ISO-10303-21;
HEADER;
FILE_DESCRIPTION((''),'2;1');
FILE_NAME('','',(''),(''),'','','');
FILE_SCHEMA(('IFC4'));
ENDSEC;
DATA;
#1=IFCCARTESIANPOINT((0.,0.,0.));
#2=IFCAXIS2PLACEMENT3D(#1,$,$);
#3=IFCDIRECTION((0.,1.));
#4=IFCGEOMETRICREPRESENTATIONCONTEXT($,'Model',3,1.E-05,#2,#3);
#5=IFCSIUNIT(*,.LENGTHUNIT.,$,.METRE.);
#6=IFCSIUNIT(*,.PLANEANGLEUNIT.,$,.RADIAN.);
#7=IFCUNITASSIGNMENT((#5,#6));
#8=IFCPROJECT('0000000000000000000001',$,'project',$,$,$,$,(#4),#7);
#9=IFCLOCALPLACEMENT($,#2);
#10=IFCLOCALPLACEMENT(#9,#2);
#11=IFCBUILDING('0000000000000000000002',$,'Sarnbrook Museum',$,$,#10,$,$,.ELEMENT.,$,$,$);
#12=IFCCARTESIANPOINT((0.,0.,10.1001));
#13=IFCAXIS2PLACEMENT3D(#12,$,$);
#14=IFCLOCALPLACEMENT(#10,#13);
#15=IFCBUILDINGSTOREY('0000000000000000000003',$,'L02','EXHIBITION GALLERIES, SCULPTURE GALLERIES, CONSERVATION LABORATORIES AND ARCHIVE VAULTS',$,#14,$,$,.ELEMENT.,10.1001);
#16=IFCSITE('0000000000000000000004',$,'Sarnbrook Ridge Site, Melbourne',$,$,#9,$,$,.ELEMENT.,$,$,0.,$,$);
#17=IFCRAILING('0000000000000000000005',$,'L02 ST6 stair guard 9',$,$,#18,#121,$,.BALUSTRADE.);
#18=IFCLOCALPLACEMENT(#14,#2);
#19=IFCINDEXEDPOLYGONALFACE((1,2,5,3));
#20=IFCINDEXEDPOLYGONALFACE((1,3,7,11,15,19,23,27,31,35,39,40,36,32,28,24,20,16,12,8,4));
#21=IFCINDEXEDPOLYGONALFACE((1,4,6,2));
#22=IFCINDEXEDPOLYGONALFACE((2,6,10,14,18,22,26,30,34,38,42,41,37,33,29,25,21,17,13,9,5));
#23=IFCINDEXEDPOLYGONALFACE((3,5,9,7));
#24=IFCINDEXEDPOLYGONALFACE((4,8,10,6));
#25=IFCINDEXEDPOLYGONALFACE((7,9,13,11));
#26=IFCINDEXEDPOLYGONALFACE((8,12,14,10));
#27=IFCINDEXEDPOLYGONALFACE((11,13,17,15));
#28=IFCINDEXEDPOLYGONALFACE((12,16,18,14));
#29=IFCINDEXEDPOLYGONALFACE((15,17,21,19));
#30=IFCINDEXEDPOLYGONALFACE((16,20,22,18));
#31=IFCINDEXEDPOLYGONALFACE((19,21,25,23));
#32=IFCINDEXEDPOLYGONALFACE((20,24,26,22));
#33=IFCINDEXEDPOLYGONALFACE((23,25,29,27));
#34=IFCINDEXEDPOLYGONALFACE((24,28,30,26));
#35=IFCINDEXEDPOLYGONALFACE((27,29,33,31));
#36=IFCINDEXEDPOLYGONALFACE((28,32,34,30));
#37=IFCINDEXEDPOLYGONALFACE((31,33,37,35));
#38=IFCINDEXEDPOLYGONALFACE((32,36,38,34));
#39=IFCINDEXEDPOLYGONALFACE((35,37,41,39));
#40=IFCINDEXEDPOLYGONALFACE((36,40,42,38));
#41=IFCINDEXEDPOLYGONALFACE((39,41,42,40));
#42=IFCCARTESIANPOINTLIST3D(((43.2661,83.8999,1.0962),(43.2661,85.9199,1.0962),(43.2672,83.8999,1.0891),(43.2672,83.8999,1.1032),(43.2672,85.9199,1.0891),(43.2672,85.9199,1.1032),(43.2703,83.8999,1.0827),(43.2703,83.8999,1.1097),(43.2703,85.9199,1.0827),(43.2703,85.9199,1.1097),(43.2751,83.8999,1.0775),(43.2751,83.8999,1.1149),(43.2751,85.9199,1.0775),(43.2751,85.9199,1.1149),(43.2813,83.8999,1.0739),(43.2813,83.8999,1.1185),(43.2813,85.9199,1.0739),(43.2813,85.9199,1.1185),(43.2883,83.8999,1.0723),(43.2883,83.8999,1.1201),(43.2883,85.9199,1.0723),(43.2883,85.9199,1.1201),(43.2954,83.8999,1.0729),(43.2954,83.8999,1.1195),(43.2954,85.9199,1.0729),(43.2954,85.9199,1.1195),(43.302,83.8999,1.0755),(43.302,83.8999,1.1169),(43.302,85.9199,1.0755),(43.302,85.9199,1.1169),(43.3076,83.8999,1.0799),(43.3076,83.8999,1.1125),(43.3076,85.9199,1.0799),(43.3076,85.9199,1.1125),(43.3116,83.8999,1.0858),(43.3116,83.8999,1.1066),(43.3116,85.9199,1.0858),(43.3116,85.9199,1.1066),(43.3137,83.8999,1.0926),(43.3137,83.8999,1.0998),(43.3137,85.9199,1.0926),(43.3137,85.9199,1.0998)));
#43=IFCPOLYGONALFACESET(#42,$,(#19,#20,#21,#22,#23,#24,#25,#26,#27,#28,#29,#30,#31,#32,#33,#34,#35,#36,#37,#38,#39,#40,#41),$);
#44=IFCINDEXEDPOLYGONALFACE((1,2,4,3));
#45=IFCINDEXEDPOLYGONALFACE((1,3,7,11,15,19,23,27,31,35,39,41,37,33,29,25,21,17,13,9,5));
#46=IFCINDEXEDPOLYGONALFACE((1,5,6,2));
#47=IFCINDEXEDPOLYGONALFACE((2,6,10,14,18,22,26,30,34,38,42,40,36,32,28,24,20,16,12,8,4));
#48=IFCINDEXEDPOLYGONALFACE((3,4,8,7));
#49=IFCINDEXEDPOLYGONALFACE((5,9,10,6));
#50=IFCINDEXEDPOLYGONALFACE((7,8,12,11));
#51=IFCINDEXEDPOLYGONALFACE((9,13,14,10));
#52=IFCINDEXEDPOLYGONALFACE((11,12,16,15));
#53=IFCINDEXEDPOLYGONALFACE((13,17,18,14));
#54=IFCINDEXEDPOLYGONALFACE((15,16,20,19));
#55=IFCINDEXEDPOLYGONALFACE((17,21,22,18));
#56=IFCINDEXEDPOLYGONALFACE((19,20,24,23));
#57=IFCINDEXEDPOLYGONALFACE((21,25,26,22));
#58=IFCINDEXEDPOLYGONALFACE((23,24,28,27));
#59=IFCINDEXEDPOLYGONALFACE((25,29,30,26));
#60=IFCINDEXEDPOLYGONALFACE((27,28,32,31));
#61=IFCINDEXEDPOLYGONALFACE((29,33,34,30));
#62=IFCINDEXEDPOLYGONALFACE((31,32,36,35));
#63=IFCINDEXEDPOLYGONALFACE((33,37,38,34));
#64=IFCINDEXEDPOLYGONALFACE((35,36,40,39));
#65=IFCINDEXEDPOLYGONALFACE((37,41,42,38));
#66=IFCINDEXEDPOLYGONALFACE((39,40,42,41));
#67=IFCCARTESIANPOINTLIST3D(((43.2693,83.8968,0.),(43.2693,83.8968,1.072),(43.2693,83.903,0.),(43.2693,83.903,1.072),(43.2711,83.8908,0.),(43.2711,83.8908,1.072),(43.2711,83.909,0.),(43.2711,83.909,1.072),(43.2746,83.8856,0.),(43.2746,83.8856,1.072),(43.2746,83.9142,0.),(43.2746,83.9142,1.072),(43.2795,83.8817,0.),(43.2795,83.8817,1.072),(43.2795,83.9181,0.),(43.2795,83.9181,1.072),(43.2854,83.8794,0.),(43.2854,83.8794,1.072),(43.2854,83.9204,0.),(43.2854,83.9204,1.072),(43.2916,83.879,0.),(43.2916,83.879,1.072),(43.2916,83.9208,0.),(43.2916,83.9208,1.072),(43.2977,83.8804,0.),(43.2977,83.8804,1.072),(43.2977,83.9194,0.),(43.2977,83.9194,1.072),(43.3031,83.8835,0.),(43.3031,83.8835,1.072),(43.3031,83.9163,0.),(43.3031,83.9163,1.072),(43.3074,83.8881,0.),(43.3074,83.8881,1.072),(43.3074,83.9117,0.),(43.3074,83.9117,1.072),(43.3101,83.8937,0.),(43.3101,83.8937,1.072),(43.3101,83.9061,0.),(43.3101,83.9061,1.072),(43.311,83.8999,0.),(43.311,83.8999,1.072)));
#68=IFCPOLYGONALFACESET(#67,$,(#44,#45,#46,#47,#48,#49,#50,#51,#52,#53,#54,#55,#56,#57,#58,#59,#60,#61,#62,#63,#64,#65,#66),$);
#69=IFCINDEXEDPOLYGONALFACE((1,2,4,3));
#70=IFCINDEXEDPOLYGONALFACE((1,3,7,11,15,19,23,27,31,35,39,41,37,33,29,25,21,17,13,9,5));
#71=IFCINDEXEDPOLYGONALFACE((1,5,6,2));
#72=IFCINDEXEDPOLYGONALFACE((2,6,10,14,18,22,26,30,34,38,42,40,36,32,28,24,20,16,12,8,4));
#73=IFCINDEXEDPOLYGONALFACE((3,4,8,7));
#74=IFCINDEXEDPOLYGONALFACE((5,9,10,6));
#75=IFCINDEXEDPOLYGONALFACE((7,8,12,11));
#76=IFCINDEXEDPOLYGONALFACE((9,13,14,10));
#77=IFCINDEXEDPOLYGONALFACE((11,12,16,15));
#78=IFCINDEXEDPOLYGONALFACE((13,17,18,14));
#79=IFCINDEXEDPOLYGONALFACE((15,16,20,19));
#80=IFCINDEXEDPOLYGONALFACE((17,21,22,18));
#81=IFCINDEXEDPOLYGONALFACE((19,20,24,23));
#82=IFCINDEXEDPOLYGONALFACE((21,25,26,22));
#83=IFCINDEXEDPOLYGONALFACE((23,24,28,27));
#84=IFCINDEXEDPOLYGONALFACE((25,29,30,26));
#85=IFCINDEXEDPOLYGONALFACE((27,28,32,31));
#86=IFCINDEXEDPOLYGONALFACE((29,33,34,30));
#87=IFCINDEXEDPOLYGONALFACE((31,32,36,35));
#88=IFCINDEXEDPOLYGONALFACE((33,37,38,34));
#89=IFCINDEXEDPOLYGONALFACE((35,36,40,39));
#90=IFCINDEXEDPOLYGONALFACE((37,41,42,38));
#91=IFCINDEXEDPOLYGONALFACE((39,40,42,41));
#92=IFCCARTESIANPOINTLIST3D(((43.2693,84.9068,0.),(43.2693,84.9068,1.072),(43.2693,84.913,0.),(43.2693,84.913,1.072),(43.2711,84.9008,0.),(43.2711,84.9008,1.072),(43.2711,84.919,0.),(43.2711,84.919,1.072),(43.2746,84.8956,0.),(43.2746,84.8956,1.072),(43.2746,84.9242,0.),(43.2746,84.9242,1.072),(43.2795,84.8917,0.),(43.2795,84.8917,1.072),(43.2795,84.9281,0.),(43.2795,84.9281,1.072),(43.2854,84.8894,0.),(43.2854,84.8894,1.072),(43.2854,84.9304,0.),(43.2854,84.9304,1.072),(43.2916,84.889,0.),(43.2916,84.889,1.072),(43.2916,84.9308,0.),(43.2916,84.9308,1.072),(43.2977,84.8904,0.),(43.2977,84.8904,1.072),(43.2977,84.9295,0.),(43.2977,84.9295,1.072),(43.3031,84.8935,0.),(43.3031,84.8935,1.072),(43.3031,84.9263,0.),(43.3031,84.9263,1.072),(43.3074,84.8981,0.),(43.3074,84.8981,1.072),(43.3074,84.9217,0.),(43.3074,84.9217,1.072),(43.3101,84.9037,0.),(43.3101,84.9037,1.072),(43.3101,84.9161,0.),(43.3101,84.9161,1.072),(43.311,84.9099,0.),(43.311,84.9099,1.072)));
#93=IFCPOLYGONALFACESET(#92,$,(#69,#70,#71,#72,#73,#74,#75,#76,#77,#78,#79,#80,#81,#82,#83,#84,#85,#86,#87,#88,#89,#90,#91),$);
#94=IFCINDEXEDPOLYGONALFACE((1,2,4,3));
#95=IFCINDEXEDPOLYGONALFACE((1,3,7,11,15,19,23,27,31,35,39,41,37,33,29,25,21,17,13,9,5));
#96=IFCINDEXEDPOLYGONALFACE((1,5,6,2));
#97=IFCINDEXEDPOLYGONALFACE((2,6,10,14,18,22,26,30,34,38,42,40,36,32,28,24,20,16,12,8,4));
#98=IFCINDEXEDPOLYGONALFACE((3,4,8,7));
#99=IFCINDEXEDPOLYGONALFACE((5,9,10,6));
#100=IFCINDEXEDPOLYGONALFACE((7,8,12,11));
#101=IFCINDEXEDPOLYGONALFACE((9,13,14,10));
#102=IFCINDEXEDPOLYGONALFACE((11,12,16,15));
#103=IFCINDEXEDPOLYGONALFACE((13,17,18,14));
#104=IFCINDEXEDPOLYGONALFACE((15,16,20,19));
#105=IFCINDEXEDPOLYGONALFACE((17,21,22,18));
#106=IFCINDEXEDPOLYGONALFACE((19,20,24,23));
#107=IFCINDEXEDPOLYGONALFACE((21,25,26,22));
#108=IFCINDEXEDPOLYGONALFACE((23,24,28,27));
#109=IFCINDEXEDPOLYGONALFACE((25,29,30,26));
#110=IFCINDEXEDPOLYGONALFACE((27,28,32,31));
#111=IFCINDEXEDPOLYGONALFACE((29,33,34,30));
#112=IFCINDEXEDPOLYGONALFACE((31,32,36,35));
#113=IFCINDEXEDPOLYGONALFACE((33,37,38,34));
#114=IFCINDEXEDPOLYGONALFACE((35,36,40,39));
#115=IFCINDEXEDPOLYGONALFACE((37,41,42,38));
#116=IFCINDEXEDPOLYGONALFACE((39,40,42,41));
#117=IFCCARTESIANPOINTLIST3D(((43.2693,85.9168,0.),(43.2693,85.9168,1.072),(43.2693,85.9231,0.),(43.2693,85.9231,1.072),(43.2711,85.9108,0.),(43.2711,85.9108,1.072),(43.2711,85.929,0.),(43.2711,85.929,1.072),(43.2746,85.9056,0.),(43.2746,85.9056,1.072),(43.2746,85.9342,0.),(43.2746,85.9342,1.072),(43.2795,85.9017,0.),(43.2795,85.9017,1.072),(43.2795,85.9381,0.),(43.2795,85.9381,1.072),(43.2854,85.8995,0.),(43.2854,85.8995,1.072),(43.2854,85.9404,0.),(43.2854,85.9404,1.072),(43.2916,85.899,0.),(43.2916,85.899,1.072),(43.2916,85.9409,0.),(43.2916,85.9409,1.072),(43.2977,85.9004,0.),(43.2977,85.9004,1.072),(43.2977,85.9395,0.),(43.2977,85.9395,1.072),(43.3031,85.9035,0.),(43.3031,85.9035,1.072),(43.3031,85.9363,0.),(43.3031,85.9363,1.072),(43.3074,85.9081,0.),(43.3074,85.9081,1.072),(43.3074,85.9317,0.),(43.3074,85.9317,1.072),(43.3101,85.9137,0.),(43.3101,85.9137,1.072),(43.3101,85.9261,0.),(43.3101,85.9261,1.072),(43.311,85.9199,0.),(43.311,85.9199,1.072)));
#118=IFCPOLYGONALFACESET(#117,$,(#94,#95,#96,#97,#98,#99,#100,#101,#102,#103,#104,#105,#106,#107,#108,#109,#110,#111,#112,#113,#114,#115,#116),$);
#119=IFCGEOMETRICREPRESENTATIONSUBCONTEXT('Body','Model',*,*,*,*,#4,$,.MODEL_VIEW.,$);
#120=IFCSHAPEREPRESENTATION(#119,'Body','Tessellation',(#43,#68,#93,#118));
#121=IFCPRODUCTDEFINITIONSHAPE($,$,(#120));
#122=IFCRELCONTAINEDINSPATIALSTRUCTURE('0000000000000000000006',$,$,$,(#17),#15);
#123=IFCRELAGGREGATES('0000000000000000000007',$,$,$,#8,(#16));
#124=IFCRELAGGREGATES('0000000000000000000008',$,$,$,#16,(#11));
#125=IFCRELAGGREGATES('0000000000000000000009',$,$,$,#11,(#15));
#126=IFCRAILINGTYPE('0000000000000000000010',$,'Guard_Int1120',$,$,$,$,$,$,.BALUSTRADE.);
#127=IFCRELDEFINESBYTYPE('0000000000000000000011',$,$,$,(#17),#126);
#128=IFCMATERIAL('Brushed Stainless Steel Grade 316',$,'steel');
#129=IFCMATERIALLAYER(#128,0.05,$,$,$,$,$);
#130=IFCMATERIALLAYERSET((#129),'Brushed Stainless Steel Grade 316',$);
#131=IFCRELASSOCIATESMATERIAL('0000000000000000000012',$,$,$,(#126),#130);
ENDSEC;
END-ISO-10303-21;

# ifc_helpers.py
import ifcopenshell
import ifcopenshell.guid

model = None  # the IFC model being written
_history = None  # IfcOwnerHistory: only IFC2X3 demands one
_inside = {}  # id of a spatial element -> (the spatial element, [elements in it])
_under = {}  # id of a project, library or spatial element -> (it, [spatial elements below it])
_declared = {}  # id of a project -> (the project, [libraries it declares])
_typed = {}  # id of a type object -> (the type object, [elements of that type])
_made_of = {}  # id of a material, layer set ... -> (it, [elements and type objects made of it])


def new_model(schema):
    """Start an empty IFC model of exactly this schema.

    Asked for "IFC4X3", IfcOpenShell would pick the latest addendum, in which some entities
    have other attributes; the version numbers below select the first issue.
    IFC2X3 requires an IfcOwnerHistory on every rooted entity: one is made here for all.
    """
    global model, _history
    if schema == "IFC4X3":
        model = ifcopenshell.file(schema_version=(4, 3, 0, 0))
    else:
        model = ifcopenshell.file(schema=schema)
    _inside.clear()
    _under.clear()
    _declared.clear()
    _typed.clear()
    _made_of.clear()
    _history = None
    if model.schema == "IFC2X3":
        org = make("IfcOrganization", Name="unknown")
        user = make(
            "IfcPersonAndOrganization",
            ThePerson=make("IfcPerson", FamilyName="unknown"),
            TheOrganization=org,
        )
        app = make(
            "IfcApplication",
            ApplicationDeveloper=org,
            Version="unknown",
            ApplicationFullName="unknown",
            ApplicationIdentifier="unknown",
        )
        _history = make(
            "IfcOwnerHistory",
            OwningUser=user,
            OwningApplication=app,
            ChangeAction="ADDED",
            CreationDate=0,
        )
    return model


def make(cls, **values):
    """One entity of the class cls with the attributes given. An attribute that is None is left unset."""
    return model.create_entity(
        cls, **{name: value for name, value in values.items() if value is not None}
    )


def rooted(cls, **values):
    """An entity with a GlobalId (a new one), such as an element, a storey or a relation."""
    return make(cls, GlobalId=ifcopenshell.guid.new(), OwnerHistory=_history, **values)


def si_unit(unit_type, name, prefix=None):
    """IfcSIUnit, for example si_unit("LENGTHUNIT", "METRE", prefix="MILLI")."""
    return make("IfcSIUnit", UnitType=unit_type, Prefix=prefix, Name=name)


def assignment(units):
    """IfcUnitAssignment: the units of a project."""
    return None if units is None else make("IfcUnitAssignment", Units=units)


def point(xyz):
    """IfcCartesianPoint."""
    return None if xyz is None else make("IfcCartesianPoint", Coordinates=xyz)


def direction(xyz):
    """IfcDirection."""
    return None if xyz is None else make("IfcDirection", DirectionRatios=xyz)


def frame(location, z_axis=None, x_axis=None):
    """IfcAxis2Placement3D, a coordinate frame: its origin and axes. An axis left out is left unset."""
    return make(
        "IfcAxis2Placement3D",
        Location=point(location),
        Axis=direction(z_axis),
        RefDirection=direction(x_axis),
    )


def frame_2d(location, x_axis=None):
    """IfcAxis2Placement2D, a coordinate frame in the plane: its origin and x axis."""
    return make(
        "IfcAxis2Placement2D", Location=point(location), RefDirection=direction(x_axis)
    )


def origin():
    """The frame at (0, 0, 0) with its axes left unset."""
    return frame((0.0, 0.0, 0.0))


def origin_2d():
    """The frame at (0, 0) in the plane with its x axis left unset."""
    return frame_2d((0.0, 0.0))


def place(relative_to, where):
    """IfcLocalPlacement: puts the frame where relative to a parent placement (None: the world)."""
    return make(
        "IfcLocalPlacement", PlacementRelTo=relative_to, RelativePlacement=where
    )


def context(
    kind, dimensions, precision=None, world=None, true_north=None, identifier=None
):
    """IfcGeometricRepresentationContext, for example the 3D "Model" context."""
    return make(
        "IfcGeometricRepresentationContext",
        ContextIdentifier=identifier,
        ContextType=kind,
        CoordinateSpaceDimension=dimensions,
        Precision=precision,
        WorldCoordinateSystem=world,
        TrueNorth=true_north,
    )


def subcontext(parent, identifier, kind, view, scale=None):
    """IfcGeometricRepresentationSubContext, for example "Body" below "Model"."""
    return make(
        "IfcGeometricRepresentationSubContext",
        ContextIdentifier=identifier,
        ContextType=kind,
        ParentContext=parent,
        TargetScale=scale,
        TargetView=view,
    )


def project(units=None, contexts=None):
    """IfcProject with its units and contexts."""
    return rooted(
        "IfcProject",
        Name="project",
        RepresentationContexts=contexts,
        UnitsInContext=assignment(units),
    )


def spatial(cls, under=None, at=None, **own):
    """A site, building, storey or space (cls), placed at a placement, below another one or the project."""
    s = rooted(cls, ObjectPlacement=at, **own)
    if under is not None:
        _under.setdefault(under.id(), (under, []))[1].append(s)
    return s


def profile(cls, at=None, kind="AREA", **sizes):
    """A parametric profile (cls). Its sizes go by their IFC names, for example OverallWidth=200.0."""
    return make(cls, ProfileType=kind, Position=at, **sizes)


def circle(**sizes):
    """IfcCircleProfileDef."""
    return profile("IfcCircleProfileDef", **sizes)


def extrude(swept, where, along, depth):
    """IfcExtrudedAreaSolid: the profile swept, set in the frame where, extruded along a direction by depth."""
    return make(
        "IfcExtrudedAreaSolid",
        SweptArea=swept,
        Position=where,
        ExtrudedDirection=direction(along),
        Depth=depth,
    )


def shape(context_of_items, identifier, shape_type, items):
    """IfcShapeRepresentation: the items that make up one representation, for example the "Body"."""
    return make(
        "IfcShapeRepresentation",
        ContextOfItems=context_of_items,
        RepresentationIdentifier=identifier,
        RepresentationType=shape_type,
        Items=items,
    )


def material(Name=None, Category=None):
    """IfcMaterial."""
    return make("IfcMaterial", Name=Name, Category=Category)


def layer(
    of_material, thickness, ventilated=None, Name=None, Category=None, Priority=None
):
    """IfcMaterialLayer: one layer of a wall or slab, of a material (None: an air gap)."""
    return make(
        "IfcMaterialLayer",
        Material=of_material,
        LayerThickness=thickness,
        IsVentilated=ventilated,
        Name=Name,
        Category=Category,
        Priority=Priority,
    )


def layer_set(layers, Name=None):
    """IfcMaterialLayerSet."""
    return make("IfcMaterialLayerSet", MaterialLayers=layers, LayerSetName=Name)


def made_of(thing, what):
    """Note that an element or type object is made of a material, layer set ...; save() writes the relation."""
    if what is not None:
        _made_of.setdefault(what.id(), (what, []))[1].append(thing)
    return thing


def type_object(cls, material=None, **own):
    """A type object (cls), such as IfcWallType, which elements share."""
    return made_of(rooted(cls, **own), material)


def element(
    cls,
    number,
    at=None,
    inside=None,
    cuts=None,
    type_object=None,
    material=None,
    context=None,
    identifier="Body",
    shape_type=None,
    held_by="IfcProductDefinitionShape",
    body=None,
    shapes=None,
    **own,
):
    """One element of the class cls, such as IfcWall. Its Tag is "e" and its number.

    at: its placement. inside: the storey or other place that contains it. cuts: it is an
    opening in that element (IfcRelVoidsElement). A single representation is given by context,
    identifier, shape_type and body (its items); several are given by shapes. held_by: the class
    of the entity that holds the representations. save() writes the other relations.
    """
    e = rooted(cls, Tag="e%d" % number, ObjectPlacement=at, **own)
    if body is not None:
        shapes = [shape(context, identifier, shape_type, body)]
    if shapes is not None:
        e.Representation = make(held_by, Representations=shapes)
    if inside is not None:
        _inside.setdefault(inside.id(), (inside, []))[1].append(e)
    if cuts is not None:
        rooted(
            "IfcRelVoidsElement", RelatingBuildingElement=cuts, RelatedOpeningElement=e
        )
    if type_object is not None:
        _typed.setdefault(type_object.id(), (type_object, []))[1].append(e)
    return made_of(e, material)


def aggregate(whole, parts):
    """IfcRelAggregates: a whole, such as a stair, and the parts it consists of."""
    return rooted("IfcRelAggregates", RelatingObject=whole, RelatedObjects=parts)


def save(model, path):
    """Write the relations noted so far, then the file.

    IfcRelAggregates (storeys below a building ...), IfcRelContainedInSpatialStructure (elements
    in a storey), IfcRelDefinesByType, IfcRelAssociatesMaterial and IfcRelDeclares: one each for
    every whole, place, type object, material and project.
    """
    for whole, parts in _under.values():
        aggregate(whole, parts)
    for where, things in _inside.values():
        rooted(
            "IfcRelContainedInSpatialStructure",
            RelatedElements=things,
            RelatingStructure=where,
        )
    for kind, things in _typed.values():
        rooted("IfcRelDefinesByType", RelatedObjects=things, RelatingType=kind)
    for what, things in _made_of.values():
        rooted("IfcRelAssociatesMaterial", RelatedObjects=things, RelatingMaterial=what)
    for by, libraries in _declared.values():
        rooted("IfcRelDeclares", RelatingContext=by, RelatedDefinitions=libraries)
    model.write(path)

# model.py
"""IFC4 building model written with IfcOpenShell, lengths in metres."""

from ifc_helpers import new_model, si_unit, direction, frame, origin, origin_2d, place, context, subcontext, project, spatial, circle, extrude, material, layer, layer_set, type_object, element, save


model = new_model("IFC4")

# Units and contexts
model_context = context("Model", 3, precision=1e-05, world=origin(), true_north=direction((0.0, 1.0)))
body_context = subcontext(model_context, "Body", "Model", "MODEL_VIEW")
ifc_project = project(units=[si_unit("LENGTHUNIT", "METRE"), si_unit("PLANEANGLEUNIT", "RADIAN")], contexts=[model_context])

# Site, building, storey
site_placement = place(None, origin())
site = spatial("IfcSite", under=ifc_project, at=site_placement, Name="Sarnbrook Ridge Site, Melbourne", CompositionType="ELEMENT", RefElevation=0.0)
building_placement = place(site_placement, origin())
building = spatial("IfcBuilding", under=site, at=building_placement, Name="Sarnbrook Museum", CompositionType="ELEMENT")
storey_placement = place(building_placement, frame((0.0, 0.0, 10.1001)))
storey = spatial("IfcBuildingStorey", under=building, at=storey_placement, Name="L02", Description="EXHIBITION GALLERIES, SCULPTURE GALLERIES, CONSERVATION LABORATORIES AND ARCHIVE VAULTS", CompositionType="ELEMENT", Elevation=10.1001)

# Shared definitions
ifc_material_1 = material(Name="Brushed Stainless Steel Grade 316", Category="steel")

# Railing
ifc_layer_1 = layer(ifc_material_1, 0.05)
ifc_layer_set_1 = layer_set([ifc_layer_1], Name="Brushed Stainless Steel Grade 316")
railing_type = type_object("IfcRailingType", Name="Guard_Int1120", PredefinedType="BALUSTRADE", material=ifc_layer_set_1)
for number, where, name in (
    (1, (43.29, 83.8999, 0.0), "L02 ST6 stair guard 9"),
):
    element("IfcRailing", number, at=place(storey_placement, frame(where)), inside=storey, type_object=railing_type, Name=name, PredefinedType="BALUSTRADE", context=body_context, shape_type="SweptSolid", body=[
        extrude(circle(Radius=0.0239, at=origin_2d()), frame((0.0, 0.0, 1.0962), z_axis=(0.0, 1.0, 0.0), x_axis=(-1.0, 0.0, 0.0)), (0.0, 0.0, 1.0), 2.02),
        extrude(circle(Radius=0.021, at=origin_2d()), origin(), (0.0, 0.0, 1.0), 1.072),
        extrude(circle(Radius=0.021, at=origin_2d()), frame((0.0, 1.01, 0.0)), (0.0, 0.0, 1.0), 1.072),
        extrude(circle(Radius=0.021, at=origin_2d()), frame((0.0, 2.02, 0.0)), (0.0, 0.0, 1.0), 1.072),
    ])

save(model, "model.ifc")
